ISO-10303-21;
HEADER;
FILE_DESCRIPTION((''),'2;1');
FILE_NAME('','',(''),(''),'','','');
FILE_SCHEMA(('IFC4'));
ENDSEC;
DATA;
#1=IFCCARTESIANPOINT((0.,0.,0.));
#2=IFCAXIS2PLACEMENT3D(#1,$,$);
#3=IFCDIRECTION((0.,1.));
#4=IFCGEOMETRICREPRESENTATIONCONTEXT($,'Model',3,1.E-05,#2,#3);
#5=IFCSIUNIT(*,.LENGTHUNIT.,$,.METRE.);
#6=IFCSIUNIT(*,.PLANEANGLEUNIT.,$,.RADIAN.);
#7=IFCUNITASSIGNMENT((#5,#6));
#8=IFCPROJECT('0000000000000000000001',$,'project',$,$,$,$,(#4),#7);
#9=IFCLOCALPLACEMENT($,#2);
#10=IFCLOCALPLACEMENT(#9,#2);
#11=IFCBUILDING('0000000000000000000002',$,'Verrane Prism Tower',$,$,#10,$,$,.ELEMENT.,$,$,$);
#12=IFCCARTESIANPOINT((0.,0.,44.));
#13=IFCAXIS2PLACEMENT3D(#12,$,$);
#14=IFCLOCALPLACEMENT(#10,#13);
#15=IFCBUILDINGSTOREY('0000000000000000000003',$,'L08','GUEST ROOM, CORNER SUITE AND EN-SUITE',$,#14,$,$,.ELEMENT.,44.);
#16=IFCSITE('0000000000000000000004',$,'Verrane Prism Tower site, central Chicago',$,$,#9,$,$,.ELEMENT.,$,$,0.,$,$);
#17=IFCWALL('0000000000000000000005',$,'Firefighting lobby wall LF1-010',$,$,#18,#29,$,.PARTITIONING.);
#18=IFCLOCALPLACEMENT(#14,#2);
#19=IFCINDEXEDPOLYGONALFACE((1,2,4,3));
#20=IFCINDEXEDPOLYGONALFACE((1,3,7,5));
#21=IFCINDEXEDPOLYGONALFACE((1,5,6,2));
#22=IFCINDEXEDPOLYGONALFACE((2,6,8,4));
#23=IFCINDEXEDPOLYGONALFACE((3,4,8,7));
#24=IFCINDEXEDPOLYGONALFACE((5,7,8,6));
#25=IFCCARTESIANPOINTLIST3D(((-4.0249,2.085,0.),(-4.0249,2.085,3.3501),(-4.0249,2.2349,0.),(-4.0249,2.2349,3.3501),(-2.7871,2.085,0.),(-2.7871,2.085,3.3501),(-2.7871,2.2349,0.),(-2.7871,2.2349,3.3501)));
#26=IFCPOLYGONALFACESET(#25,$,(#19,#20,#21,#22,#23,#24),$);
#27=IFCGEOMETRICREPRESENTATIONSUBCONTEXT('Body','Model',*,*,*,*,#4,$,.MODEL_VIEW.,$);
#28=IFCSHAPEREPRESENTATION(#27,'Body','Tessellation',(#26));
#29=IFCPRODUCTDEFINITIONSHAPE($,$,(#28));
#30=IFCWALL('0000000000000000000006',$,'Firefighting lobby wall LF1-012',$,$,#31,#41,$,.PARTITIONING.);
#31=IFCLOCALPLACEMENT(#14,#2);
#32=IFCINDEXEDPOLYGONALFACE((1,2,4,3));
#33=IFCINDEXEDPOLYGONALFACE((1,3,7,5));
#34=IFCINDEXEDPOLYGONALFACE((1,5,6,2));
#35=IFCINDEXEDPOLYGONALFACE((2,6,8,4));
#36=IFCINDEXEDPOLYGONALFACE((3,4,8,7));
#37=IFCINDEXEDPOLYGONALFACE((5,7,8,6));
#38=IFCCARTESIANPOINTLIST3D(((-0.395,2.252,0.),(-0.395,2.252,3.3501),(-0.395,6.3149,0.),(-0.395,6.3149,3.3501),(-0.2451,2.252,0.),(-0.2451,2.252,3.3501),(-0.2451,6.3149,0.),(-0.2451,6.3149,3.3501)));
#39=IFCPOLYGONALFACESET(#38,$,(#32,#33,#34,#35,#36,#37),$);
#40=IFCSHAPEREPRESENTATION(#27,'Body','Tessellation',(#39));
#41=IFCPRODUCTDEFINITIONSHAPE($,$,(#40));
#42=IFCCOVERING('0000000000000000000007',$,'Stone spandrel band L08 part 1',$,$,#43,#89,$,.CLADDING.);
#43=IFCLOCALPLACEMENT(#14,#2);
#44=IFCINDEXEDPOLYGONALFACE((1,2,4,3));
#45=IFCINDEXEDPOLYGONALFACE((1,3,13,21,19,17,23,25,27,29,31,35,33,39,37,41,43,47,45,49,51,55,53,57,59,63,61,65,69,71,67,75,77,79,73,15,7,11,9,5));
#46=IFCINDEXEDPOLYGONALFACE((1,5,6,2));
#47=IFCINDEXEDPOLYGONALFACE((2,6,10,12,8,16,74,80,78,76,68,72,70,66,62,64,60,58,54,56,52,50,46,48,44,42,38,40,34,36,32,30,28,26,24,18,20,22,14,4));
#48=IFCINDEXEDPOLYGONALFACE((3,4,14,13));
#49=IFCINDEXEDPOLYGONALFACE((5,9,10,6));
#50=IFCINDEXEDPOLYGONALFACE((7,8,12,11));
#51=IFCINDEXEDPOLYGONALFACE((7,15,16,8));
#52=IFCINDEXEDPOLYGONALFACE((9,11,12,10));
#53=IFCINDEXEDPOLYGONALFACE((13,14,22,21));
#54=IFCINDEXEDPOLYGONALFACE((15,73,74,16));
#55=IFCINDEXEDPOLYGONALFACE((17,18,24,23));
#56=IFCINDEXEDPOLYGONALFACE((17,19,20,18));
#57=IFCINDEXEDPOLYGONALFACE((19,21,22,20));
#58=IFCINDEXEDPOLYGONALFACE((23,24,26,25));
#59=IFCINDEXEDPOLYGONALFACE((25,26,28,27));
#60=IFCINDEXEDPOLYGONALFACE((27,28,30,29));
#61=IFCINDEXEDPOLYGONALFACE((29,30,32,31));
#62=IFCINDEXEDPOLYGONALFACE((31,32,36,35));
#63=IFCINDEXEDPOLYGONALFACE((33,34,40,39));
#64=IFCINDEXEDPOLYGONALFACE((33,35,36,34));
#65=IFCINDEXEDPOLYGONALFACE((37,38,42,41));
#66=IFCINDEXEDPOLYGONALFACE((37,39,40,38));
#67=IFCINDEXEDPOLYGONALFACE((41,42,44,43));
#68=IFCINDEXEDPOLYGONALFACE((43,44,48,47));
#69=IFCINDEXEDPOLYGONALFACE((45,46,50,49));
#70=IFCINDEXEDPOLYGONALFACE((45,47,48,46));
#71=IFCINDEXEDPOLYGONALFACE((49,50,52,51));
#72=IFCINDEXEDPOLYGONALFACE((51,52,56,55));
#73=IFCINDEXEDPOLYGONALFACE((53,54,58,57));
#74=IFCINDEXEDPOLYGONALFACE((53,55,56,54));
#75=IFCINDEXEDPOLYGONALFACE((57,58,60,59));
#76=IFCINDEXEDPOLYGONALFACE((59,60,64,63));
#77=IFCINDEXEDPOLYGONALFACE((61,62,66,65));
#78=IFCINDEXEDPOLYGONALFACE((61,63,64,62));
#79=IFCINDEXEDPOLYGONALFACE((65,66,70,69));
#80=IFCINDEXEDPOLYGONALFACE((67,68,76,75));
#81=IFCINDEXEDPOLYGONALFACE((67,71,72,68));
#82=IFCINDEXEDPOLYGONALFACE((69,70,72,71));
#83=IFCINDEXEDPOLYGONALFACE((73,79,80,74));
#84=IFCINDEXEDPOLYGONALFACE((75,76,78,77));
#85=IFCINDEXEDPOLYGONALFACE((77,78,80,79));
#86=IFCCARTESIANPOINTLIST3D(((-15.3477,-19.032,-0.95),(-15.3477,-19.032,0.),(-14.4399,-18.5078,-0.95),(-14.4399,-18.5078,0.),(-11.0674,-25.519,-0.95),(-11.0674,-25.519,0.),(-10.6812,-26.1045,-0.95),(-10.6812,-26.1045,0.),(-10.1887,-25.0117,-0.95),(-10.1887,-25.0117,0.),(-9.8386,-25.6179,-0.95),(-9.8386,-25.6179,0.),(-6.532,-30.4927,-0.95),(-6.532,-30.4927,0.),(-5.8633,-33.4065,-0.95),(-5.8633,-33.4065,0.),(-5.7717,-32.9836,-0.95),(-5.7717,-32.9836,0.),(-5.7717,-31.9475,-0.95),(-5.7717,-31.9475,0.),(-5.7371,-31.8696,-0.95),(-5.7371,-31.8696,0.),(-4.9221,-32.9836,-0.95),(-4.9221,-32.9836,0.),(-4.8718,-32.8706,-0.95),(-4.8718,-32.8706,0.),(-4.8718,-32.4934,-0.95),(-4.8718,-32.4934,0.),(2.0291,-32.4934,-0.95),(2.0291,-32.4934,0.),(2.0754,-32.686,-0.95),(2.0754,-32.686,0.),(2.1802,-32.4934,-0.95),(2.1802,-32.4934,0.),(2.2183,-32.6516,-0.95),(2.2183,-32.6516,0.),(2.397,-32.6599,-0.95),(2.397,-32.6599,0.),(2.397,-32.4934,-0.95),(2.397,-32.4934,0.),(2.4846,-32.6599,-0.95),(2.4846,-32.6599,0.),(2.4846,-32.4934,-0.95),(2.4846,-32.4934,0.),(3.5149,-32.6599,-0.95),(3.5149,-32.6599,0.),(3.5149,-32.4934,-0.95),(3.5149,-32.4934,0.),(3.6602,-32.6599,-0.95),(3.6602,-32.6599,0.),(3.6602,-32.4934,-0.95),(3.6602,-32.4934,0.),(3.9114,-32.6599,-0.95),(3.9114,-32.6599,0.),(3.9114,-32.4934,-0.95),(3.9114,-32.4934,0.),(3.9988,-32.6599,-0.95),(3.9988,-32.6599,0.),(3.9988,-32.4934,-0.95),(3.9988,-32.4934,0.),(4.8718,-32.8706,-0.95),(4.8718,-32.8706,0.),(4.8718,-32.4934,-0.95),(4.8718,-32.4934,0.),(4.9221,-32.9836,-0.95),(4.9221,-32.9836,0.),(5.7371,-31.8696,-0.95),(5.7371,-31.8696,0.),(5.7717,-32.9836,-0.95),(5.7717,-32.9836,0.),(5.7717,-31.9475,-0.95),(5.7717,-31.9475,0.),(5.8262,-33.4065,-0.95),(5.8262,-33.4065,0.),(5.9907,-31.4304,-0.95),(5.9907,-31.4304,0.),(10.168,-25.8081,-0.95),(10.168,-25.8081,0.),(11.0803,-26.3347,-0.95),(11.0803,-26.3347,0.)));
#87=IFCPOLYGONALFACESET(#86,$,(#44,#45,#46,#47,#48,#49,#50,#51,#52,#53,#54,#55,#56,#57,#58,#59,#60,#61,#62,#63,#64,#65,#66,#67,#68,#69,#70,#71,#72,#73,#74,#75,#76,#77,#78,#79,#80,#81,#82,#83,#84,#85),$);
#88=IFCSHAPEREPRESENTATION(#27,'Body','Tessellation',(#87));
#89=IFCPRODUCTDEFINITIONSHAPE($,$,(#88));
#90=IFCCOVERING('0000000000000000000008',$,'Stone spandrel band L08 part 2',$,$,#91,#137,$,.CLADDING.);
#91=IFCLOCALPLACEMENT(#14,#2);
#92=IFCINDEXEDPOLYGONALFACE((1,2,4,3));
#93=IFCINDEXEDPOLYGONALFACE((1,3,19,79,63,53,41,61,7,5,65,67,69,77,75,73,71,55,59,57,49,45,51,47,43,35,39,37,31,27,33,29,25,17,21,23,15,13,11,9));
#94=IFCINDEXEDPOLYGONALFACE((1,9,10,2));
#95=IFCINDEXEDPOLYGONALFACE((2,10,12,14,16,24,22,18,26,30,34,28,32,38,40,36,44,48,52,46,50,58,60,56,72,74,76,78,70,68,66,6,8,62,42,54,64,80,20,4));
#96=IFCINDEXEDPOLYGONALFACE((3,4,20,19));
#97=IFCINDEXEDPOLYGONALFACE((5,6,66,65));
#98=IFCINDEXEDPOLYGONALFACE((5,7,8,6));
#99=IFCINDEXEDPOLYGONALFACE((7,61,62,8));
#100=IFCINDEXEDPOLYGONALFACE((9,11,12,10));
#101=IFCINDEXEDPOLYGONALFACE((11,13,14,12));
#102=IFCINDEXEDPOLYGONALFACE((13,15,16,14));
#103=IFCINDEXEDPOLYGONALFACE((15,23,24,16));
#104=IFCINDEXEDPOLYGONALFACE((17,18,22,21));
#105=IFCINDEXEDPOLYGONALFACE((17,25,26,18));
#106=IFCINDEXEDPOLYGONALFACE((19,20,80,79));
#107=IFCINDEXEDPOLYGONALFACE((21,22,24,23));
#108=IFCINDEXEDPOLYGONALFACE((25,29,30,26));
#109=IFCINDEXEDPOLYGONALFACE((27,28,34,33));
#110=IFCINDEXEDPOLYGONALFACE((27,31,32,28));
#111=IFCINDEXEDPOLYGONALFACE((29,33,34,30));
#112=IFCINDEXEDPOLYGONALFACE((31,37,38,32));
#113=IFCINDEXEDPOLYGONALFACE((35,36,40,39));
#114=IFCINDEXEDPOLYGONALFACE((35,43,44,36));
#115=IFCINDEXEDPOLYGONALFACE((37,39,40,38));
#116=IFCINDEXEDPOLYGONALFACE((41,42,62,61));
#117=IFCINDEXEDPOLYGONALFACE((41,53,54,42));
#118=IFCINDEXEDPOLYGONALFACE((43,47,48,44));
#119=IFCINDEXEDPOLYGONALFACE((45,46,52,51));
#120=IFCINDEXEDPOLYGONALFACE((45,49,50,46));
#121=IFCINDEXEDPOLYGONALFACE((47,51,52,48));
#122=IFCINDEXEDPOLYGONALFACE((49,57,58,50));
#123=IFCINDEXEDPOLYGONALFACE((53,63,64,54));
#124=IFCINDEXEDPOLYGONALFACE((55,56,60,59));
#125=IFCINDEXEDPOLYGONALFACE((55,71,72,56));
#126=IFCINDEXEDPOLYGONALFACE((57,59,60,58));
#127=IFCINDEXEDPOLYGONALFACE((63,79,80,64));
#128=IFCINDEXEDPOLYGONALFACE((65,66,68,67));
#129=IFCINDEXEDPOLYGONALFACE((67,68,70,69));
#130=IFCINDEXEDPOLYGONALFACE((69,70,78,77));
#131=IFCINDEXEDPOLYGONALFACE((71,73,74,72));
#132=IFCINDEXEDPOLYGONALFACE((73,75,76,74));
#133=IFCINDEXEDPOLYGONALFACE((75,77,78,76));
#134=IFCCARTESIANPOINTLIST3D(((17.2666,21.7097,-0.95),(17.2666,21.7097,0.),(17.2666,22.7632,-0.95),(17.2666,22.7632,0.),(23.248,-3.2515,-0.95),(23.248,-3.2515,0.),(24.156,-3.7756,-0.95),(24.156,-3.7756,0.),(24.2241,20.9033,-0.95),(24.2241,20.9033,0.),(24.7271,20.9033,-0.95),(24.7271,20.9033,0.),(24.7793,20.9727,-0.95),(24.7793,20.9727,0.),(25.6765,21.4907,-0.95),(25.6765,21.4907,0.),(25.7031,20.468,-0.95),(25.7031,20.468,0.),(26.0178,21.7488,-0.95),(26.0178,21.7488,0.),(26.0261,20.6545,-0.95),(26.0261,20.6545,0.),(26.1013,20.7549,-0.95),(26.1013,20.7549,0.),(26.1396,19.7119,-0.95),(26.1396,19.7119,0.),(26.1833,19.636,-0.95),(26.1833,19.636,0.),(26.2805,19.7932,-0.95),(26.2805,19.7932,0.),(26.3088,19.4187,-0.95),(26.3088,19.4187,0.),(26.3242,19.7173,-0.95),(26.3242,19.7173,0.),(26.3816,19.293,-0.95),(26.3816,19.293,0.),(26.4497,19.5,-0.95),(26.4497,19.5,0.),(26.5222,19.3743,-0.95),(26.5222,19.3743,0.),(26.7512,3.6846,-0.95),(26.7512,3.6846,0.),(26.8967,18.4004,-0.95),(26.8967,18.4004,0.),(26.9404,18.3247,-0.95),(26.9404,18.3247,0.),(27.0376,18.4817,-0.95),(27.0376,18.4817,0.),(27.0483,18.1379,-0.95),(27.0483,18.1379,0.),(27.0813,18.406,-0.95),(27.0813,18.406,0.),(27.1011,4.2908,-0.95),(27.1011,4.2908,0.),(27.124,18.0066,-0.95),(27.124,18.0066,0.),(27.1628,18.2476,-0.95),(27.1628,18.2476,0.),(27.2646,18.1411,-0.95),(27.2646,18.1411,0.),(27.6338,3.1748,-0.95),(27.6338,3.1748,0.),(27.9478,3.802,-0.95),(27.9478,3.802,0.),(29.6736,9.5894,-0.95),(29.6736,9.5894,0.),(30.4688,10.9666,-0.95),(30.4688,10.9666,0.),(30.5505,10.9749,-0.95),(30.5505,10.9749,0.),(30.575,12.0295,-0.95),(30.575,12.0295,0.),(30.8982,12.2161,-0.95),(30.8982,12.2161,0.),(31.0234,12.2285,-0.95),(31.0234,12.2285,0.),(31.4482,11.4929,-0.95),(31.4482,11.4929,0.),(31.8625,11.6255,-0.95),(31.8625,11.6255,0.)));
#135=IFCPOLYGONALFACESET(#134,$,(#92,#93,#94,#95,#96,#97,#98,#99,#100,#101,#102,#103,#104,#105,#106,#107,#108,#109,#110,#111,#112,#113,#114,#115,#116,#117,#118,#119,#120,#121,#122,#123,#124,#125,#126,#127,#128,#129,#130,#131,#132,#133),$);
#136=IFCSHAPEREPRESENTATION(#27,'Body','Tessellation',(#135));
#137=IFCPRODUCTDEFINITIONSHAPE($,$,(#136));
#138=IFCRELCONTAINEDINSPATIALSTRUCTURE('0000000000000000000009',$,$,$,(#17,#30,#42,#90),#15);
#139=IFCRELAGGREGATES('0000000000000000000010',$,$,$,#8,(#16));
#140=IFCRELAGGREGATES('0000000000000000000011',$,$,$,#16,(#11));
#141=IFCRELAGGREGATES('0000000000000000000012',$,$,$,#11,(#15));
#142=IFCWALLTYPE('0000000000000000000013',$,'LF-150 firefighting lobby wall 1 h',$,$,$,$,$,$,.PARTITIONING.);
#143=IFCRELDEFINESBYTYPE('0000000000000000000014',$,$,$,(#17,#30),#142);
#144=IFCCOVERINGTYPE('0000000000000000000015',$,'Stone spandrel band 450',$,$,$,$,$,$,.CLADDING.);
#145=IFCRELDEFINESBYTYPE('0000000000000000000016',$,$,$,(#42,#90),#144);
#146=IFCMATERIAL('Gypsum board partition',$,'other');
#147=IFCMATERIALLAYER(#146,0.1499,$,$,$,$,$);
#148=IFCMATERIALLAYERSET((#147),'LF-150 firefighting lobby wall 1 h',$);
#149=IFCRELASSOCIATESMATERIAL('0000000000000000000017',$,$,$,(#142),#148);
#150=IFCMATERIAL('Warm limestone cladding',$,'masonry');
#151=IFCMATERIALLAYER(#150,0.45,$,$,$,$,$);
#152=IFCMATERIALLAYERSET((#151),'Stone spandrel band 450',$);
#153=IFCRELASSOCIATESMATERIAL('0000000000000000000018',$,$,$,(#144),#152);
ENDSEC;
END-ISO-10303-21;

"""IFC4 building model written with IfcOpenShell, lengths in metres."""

from ifc_helpers import new_model, si_unit, direction, frame, frame_2d, origin, place, context, subcontext, project, spatial, polyline, rectangle, outline, extrude, material, layer, layer_set, type_object, element, save


model = new_model("IFC4")

# Units and contexts
model_context = context("Model", 3, precision=1e-05, world=origin(), true_north=direction((0.0, 1.0)))
body_context = subcontext(model_context, "Body", "Model", "MODEL_VIEW")
ifc_project = project(units=[si_unit("LENGTHUNIT", "METRE"), si_unit("PLANEANGLEUNIT", "RADIAN")], contexts=[model_context])

# Site, building, storey
site_placement = place(None, origin())
site = spatial("IfcSite", under=ifc_project, at=site_placement, Name="Verrane Prism Tower site, central Chicago", CompositionType="ELEMENT", RefElevation=0.0)
building_placement = place(site_placement, origin())
building = spatial("IfcBuilding", under=site, at=building_placement, Name="Verrane Prism Tower", CompositionType="ELEMENT")
storey_placement = place(building_placement, frame((0.0, 0.0, 44.0)))
storey = spatial("IfcBuildingStorey", under=building, at=storey_placement, Name="L08", Description="GUEST ROOM, CORNER SUITE AND EN-SUITE", CompositionType="ELEMENT", Elevation=44.0)

# Walls
ifc_material_1 = material(Name="Gypsum board partition", Category="other")
ifc_layer_1 = layer(ifc_material_1, 0.1499)
ifc_layer_set_1 = layer_set([ifc_layer_1], Name="LF-150 firefighting lobby wall 1 h")
wall_type_1 = type_object("IfcWallType", Name="LF-150 firefighting lobby wall 1 h", PredefinedType="PARTITIONING", material=ifc_layer_set_1)
wall_1_placement = place(storey_placement, frame((-4.0249, 2.1599, 0.0), z_axis=(0.0, 0.0, 1.0), x_axis=(1.0, 0.0, 0.0)))
element("IfcWall", 1, at=wall_1_placement, inside=storey, type_object=wall_type_1, Name="Firefighting lobby wall LF1-010", PredefinedType="PARTITIONING", context=body_context, shape_type="SweptSolid", body=[
    extrude(rectangle(XDim=1.2378, YDim=0.1499, at=frame_2d((0.6189, 0.0))), origin(), (0.0, 0.0, 1.0), 3.3501),
])
wall_2_placement = place(storey_placement, frame((-0.3201, 2.252, 0.0), z_axis=(0.0, 0.0, 1.0), x_axis=(0.0, 1.0, 0.0)))
element("IfcWall", 2, at=wall_2_placement, inside=storey, type_object=wall_type_1, Name="Firefighting lobby wall LF1-012", PredefinedType="PARTITIONING", context=body_context, shape_type="SweptSolid", body=[
    extrude(rectangle(XDim=4.063, YDim=0.1499, at=frame_2d((2.0315, 0.0))), origin(), (0.0, 0.0, 1.0), 3.3501),
])

# Coverings
ifc_material_2 = material(Name="Warm limestone cladding", Category="masonry")
ifc_layer_2 = layer(ifc_material_2, 0.45)
ifc_layer_set_2 = layer_set([ifc_layer_2], Name="Stone spandrel band 450")
covering_type = type_object("IfcCoveringType", Name="Stone spandrel band 450", PredefinedType="CLADDING", material=ifc_layer_set_2)
covering_1_placement = place(storey_placement, frame((0.0, 0.0, -0.95)))
element("IfcCovering", 3, at=covering_1_placement, inside=storey, type_object=covering_type, Name="Stone spandrel band L08 part 1", PredefinedType="CLADDING", context=body_context, shape_type="SweptSolid", body=[
    extrude(outline(polyline([(5.8262, -33.4065), (11.0803, -26.3347), (10.168, -25.8081), (5.9907, -31.4304), (5.7371, -31.8696), (5.7717, -31.9475), (5.7717, -32.9836), (4.9221, -32.9836), (4.8718, -32.8706), (4.8718, -32.4934), (3.9988, -32.4934), (3.9988, -32.6599), (3.9114, -32.6599), (3.9114, -32.4934), (3.6602, -32.4934), (3.6602, -32.6599), (3.5149, -32.6599), (3.5149, -32.4934), (2.4846, -32.4934), (2.4846, -32.6599), (2.397, -32.6599), (2.397, -32.4934), (2.1802, -32.4934), (2.2183, -32.6516), (2.0754, -32.686), (2.0291, -32.4934), (-4.8718, -32.4934), (-4.8718, -32.8706), (-4.9221, -32.9836), (-5.7717, -32.9836), (-5.7717, -31.9475), (-5.7371, -31.8696), (-6.532, -30.4927), (-14.4399, -18.5078), (-15.3477, -19.032), (-11.0674, -25.519), (-10.1887, -25.0117), (-9.8386, -25.6179), (-10.6812, -26.1045), (-5.8633, -33.4065), (5.8262, -33.4065)])), origin(), (0.0, 0.0, 1.0), 0.95),
])
covering_2_placement = place(storey_placement, frame((0.0, 0.0, -0.95)))
element("IfcCovering", 4, at=covering_2_placement, inside=storey, type_object=covering_type, Name="Stone spandrel band L08 part 2", PredefinedType="CLADDING", context=body_context, shape_type="SweptSolid", body=[
    extrude(outline(polyline([(17.2666, 22.7632), (17.2666, 21.7097), (24.2241, 20.9033), (24.7271, 20.9033), (24.7793, 20.9727), (25.6765, 21.4907), (26.1013, 20.7549), (26.0261, 20.6545), (25.7031, 20.468), (26.1396, 19.7119), (26.2805, 19.7932), (26.3242, 19.7173), (26.1833, 19.636), (26.3088, 19.4187), (26.4497, 19.5), (26.5222, 19.3743), (26.3816, 19.293), (26.8967, 18.4004), (27.0376, 18.4817), (27.0813, 18.406), (26.9404, 18.3247), (27.0483, 18.1379), (27.1628, 18.2476), (27.2646, 18.1411), (27.124, 18.0066), (30.575, 12.0295), (30.8982, 12.2161), (31.0234, 12.2285), (31.4482, 11.4929), (30.5505, 10.9749), (30.4688, 10.9666), (29.6736, 9.5894), (23.248, -3.2515), (24.156, -3.7756), (27.6338, 3.1748), (26.7512, 3.6846), (27.1011, 4.2908), (27.9478, 3.802), (31.8625, 11.6255), (26.0178, 21.7488), (17.2666, 22.7632)])), origin(), (0.0, 0.0, 1.0), 0.95),
])

save(model, "model.ifc")
